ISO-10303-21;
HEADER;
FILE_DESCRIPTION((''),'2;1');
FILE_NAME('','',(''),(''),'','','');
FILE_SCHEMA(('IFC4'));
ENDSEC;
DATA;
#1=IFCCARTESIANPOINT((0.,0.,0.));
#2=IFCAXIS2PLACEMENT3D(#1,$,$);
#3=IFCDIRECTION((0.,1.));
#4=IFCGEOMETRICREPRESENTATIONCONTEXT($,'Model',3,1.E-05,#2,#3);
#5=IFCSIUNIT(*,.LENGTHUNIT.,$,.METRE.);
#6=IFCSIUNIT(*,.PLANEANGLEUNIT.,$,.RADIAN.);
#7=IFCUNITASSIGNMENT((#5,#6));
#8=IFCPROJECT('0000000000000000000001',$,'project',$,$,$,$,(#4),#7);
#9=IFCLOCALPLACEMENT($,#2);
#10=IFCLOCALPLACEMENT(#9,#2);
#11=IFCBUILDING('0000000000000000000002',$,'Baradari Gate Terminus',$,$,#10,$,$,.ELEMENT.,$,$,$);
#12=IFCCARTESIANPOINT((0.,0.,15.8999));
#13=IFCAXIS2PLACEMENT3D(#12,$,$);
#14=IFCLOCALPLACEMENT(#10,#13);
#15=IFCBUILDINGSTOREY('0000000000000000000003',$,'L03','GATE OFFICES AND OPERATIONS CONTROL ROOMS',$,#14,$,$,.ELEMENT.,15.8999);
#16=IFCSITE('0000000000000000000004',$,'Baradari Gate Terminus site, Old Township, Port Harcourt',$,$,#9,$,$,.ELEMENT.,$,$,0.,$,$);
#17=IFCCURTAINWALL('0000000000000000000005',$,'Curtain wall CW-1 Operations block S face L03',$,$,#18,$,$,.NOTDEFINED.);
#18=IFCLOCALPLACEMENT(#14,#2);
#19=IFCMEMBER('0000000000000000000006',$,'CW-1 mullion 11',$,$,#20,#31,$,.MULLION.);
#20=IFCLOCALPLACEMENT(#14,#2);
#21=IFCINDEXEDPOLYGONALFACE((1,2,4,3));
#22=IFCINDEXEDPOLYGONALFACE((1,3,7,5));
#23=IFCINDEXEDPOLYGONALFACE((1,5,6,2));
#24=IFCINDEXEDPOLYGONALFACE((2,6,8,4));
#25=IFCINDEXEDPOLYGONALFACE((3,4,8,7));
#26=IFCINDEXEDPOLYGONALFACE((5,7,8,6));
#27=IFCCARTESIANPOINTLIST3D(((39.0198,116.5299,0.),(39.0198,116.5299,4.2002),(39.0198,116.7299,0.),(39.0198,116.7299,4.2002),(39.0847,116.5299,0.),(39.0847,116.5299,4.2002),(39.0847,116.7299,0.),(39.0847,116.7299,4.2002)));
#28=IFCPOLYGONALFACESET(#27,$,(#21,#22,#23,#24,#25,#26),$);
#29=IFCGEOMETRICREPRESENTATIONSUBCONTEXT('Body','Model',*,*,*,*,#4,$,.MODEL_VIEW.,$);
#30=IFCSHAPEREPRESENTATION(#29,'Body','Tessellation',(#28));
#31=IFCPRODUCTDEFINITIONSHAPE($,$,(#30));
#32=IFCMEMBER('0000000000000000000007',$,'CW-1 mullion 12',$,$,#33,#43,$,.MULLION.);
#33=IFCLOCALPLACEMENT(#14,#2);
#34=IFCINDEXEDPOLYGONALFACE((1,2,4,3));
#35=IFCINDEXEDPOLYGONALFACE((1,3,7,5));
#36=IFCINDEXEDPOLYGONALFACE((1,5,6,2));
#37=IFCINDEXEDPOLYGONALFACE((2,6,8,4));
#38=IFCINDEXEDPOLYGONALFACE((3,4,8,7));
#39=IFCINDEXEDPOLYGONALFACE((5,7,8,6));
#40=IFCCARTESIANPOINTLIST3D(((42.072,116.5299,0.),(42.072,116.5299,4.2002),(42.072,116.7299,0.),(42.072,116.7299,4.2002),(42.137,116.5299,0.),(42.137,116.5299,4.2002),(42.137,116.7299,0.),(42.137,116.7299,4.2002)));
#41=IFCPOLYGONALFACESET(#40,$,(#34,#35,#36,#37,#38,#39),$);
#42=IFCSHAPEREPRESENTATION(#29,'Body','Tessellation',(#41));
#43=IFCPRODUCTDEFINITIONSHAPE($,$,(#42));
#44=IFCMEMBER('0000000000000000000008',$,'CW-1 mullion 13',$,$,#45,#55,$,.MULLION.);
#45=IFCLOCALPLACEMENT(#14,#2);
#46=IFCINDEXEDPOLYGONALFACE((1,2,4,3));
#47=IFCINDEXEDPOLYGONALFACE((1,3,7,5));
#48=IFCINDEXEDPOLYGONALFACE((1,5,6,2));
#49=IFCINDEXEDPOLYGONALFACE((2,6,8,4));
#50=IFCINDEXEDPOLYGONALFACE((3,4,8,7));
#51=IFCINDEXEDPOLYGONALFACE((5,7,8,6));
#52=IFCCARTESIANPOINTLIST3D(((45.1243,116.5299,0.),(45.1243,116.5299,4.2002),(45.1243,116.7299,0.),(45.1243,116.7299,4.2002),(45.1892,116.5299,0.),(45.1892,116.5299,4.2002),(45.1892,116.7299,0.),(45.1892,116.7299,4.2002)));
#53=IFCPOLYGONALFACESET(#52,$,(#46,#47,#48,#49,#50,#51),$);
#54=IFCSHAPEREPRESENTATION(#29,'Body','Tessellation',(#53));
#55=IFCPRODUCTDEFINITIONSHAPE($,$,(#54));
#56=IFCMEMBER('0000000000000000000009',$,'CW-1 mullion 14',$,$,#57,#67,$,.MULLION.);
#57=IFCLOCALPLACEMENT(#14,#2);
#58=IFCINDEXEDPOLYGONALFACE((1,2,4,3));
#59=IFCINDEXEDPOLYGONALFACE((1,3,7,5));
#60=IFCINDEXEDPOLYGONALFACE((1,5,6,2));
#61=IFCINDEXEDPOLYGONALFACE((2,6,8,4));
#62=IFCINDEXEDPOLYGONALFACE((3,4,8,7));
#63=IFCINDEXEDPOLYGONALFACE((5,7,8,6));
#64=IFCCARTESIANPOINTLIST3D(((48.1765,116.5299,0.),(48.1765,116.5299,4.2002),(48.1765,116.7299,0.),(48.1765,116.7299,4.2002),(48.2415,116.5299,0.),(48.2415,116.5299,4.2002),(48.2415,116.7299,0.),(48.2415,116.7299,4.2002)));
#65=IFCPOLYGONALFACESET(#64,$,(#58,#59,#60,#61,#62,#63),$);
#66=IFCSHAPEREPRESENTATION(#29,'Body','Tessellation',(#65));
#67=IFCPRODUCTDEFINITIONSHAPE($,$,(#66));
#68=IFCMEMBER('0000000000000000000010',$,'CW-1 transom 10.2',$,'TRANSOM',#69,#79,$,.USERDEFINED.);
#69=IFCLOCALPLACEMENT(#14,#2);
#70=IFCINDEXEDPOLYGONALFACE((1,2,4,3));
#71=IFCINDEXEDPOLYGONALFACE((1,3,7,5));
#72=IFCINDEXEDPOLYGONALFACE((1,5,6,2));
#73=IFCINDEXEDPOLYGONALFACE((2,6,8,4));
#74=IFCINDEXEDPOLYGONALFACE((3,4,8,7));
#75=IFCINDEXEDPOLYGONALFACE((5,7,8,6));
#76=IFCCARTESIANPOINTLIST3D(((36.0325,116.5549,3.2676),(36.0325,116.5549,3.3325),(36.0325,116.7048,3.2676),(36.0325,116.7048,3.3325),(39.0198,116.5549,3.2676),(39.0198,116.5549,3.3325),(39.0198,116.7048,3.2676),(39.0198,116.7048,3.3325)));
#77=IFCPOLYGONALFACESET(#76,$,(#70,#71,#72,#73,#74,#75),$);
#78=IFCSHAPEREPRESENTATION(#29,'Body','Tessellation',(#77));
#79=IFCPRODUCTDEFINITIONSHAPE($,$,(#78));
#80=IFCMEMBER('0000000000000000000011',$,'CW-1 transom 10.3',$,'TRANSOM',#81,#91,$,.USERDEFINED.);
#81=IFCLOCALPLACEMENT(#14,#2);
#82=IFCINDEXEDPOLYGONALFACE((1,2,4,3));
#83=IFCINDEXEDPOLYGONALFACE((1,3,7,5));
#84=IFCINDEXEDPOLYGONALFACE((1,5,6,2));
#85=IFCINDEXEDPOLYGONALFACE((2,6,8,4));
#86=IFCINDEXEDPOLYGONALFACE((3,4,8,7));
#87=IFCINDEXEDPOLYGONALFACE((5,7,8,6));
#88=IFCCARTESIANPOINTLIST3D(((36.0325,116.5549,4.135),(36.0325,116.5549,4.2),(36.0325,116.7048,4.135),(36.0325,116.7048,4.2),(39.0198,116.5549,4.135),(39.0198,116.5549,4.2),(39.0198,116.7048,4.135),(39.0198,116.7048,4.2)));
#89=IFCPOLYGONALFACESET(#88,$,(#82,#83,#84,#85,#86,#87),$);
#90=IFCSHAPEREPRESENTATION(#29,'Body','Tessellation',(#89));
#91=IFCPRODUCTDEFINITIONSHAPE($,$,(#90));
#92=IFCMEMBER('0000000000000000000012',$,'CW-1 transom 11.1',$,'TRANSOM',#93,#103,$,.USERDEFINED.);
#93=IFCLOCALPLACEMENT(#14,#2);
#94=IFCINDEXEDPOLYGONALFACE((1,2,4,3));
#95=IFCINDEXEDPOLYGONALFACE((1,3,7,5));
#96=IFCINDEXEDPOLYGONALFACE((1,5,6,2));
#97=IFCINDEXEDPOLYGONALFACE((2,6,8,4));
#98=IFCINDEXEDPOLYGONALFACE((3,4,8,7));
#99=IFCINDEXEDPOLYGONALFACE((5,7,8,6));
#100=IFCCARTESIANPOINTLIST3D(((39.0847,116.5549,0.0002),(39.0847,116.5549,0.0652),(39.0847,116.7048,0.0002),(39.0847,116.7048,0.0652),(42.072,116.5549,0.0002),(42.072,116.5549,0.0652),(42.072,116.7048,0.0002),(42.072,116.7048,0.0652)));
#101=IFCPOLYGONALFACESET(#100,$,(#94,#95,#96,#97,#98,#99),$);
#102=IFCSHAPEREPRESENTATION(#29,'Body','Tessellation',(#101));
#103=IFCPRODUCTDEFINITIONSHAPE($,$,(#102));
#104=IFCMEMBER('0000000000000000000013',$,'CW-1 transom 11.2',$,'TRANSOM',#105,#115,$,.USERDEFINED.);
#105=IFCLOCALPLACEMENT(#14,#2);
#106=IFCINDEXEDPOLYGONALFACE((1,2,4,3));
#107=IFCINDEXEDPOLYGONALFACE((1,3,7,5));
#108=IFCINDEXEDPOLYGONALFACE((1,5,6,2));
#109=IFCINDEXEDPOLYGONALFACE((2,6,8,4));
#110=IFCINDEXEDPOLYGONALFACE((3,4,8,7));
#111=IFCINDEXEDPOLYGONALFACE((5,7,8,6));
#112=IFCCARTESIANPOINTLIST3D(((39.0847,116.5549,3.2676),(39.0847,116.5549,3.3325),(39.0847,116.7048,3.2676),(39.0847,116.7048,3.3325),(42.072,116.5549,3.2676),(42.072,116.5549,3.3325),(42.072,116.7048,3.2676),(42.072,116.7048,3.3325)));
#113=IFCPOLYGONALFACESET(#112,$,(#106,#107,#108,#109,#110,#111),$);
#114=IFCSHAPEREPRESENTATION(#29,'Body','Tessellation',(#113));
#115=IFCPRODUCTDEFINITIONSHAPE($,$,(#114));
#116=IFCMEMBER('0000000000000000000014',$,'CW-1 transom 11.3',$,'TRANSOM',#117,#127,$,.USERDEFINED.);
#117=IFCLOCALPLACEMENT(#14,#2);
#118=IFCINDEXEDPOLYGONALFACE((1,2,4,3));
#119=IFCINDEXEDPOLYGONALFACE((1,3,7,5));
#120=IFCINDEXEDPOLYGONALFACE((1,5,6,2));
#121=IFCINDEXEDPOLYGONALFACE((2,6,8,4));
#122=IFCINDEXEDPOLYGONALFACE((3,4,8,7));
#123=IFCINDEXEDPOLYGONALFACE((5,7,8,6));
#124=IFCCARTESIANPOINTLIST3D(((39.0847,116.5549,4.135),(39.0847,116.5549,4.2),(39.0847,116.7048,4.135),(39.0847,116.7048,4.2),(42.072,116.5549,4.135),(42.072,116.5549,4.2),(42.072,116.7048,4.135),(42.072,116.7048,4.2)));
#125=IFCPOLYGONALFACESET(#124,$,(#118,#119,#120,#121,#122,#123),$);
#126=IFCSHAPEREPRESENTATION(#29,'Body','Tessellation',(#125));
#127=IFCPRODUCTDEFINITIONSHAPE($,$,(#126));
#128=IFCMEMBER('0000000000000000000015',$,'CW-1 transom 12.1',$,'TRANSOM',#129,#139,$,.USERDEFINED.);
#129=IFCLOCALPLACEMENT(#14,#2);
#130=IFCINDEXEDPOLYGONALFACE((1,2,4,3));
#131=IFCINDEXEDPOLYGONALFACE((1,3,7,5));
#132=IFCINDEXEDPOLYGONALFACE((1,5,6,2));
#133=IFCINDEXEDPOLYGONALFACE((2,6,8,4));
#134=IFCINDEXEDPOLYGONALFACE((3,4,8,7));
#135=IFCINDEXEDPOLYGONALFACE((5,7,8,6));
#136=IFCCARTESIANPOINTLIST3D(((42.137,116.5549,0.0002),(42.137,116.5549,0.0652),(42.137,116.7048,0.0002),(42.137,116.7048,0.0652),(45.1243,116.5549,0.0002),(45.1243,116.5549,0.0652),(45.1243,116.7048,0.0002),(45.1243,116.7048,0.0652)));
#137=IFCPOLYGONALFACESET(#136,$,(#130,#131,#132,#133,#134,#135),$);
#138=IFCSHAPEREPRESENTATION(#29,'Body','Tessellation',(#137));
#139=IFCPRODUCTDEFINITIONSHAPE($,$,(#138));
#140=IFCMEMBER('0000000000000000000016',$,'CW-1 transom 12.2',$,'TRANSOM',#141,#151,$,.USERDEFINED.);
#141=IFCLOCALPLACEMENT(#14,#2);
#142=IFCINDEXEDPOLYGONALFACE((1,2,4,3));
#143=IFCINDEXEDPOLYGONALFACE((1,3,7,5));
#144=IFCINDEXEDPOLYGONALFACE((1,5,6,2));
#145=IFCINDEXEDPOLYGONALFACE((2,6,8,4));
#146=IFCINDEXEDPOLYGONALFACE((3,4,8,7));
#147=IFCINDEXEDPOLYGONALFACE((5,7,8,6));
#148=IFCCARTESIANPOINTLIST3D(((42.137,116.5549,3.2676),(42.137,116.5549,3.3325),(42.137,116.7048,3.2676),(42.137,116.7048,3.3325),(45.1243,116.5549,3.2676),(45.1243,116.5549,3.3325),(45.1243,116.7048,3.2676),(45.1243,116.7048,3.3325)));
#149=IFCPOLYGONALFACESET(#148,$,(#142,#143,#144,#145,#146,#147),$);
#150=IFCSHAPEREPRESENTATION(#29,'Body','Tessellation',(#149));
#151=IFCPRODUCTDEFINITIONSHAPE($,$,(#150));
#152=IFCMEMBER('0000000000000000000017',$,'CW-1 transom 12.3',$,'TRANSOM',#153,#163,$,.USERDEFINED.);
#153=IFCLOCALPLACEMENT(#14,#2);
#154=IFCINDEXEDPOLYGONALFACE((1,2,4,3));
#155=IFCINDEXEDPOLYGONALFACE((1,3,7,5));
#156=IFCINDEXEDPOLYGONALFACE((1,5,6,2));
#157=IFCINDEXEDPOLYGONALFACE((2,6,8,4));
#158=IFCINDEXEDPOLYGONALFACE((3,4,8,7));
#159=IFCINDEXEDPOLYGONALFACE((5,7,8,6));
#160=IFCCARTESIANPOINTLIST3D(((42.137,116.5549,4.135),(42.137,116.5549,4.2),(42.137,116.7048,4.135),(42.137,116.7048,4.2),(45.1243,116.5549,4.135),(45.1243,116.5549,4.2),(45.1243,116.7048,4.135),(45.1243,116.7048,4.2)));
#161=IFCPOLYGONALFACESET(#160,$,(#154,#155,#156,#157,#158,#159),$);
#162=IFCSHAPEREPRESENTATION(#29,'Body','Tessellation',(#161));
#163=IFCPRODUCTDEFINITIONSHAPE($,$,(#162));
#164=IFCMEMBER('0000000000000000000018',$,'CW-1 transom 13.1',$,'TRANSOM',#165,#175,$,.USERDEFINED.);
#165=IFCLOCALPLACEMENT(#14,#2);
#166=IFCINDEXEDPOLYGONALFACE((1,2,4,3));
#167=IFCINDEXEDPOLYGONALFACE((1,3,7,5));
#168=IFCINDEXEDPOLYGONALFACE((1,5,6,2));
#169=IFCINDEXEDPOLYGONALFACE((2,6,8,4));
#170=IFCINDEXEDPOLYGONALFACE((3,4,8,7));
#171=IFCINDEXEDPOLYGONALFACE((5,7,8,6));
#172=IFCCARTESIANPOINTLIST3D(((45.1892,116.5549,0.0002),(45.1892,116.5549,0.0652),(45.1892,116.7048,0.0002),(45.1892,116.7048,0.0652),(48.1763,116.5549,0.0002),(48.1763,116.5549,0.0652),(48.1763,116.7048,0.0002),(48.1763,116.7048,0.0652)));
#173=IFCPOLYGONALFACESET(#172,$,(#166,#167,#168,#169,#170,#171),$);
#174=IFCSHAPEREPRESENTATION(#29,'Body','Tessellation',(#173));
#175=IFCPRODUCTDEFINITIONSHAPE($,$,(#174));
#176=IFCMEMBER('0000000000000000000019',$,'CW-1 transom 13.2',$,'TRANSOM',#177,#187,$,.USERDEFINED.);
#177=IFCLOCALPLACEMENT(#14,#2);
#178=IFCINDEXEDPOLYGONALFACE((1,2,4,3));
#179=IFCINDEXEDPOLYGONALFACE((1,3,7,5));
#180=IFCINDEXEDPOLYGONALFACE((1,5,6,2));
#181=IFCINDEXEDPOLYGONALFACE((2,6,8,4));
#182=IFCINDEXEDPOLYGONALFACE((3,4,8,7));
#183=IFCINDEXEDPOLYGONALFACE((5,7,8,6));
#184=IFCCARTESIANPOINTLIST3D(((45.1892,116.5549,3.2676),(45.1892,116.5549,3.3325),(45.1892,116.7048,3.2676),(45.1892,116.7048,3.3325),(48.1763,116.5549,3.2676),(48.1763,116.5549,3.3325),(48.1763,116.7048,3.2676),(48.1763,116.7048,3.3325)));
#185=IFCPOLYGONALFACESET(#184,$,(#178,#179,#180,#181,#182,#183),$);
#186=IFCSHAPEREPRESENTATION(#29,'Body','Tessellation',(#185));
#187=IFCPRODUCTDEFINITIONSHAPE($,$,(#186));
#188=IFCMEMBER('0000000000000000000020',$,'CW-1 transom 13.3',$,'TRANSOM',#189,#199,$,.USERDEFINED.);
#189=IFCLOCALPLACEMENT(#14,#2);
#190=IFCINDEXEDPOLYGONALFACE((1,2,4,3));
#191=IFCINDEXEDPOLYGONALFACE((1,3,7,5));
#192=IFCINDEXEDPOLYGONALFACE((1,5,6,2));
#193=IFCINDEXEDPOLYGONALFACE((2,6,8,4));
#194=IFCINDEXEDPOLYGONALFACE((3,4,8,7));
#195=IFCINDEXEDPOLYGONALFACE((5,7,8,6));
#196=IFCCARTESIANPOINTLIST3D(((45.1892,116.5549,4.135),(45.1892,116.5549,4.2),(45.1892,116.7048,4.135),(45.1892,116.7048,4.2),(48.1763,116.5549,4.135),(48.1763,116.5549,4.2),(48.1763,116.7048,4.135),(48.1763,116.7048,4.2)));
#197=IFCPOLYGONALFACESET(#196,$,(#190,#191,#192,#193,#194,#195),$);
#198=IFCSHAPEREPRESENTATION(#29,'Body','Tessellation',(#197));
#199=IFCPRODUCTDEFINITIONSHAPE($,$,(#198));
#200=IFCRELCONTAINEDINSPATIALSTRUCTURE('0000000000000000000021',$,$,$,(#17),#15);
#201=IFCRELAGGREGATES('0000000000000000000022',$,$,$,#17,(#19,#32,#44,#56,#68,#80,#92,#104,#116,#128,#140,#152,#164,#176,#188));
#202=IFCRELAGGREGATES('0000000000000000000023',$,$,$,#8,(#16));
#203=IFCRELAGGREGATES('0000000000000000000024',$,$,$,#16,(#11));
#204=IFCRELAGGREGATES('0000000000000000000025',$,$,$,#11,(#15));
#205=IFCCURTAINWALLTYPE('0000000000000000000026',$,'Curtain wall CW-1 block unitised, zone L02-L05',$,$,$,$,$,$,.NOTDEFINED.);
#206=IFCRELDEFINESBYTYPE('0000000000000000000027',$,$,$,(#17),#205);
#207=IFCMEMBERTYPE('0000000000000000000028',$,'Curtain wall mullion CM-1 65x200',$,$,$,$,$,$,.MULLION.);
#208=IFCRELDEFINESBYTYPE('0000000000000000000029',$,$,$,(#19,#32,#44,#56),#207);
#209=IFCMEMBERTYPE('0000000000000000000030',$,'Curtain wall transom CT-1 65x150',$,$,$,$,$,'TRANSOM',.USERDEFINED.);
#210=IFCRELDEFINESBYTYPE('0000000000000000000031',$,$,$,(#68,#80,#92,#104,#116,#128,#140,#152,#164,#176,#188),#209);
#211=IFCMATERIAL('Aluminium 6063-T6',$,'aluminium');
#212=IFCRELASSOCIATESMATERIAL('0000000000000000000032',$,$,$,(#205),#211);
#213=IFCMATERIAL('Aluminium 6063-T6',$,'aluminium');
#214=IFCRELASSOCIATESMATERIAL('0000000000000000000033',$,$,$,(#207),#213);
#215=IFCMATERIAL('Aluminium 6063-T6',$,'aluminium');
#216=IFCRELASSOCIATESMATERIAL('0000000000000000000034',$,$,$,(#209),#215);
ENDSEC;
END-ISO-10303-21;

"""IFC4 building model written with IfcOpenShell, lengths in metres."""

from ifc_helpers import new_model, si_unit, direction, frame, origin, origin_2d, place, context, subcontext, project, spatial, rectangle, extrude, material, material_profile, profile_set, type_object, element, aggregate, save


model = new_model("IFC4")

# Units and contexts
model_context = context("Model", 3, precision=1e-05, world=origin(), true_north=direction((0.0, 1.0)))
body_context = subcontext(model_context, "Body", "Model", "MODEL_VIEW")
ifc_project = project(units=[si_unit("LENGTHUNIT", "METRE"), si_unit("PLANEANGLEUNIT", "RADIAN")], contexts=[model_context])

# Site, building, storey
site_placement = place(None, origin())
site = spatial("IfcSite", under=ifc_project, at=site_placement, Name="Baradari Gate Terminus site, Old Township, Port Harcourt", CompositionType="ELEMENT", RefElevation=0.0)
building_placement = place(site_placement, origin())
building = spatial("IfcBuilding", under=site, at=building_placement, Name="Baradari Gate Terminus", CompositionType="ELEMENT")
storey_placement = place(building_placement, frame((0.0, 0.0, 15.8999)))
storey = spatial("IfcBuildingStorey", under=building, at=storey_placement, Name="L03", Description="GATE OFFICES AND OPERATIONS CONTROL ROOMS", CompositionType="ELEMENT", Elevation=15.8999)

# Curtain wall, members
ifc_material_1 = material(Name="Aluminium 6063-T6", Category="aluminium")
curtain_wall_type = type_object("IfcCurtainWallType", Name="Curtain wall CW-1 block unitised, zone L02-L05", PredefinedType="NOTDEFINED", material=ifc_material_1)
curtain_wall_placement = place(storey_placement, origin())
curtain_wall = element("IfcCurtainWall", 1, at=curtain_wall_placement, inside=storey, type_object=curtain_wall_type, Name="Curtain wall CW-1 Operations block S face L03", PredefinedType="NOTDEFINED")
ifc_material_2 = material(Name="Aluminium 6063-T6", Category="aluminium")
ifc_material_profile_1 = material_profile(ifc_material_2, rectangle(XDim=0.2, YDim=0.0649, at=origin_2d()), Name="CM-1 65X200")
ifc_profile_set_1 = profile_set([ifc_material_profile_1], Name="Aluminium 6063-T6")
member_type_1 = type_object("IfcMemberType", Name="Curtain wall mullion CM-1 65x200", PredefinedType="MULLION", material=ifc_profile_set_1)
member_1_placement = place(storey_placement, frame((39.0522, 116.6299, 0.0), z_axis=(0.0, 0.0, 1.0), x_axis=(0.0, 1.0, 0.0)))
member_1 = element("IfcMember", 2, at=member_1_placement, type_object=member_type_1, Name="CW-1 mullion 11", PredefinedType="MULLION", context=body_context, shape_type="SweptSolid", body=[
    extrude(rectangle(XDim=0.2, YDim=0.0649, at=origin_2d()), origin(), (0.0, 0.0, 1.0), 4.2002),
])
member_2_placement = place(storey_placement, frame((42.1045, 116.6299, 0.0), z_axis=(0.0, 0.0, 1.0), x_axis=(0.0, 1.0, 0.0)))
member_2 = element("IfcMember", 3, at=member_2_placement, type_object=member_type_1, Name="CW-1 mullion 12", PredefinedType="MULLION", context=body_context, shape_type="SweptSolid", body=[
    extrude(rectangle(XDim=0.2, YDim=0.0649, at=origin_2d()), origin(), (0.0, 0.0, 1.0), 4.2002),
])
member_3_placement = place(storey_placement, frame((45.1567, 116.6299, 0.0), z_axis=(0.0, 0.0, 1.0), x_axis=(0.0, 1.0, 0.0)))
member_3 = element("IfcMember", 4, at=member_3_placement, type_object=member_type_1, Name="CW-1 mullion 13", PredefinedType="MULLION", context=body_context, shape_type="SweptSolid", body=[
    extrude(rectangle(XDim=0.2, YDim=0.0649, at=origin_2d()), origin(), (0.0, 0.0, 1.0), 4.2002),
])
member_4_placement = place(storey_placement, frame((48.209, 116.6299, 0.0), z_axis=(0.0, 0.0, 1.0), x_axis=(0.0, 1.0, 0.0)))
member_4 = element("IfcMember", 5, at=member_4_placement, type_object=member_type_1, Name="CW-1 mullion 14", PredefinedType="MULLION", context=body_context, shape_type="SweptSolid", body=[
    extrude(rectangle(XDim=0.2, YDim=0.0649, at=origin_2d()), origin(), (0.0, 0.0, 1.0), 4.2002),
])
ifc_material_3 = material(Name="Aluminium 6063-T6", Category="aluminium")
ifc_material_profile_2 = material_profile(ifc_material_3, rectangle(XDim=0.1499, YDim=0.0649, at=origin_2d()), Name="CT-1 65X150")
ifc_profile_set_2 = profile_set([ifc_material_profile_2], Name="Aluminium 6063-T6")
member_type_2 = type_object("IfcMemberType", Name="Curtain wall transom CT-1 65x150", ElementType="TRANSOM", PredefinedType="USERDEFINED", material=ifc_profile_set_2)
member_5_placement = place(storey_placement, frame((36.0325, 116.6299, 3.3), z_axis=(1.0, 0.0, 0.0), x_axis=(0.0, 1.0, 0.0)))
member_5 = element("IfcMember", 6, at=member_5_placement, type_object=member_type_2, Name="CW-1 transom 10.2", ObjectType="TRANSOM", PredefinedType="USERDEFINED", context=body_context, shape_type="SweptSolid", body=[
    extrude(rectangle(XDim=0.1499, YDim=0.0649, at=origin_2d()), origin(), (0.0, 0.0, 1.0), 2.9873),
])
member_6_placement = place(storey_placement, frame((36.0325, 116.6299, 4.1675), z_axis=(1.0, 0.0, 0.0), x_axis=(0.0, 1.0, 0.0)))
member_6 = element("IfcMember", 7, at=member_6_placement, type_object=member_type_2, Name="CW-1 transom 10.3", ObjectType="TRANSOM", PredefinedType="USERDEFINED", context=body_context, shape_type="SweptSolid", body=[
    extrude(rectangle(XDim=0.1499, YDim=0.0649, at=origin_2d()), origin(), (0.0, 0.0, 1.0), 2.9873),
])
member_7_placement = place(storey_placement, frame((39.0847, 116.6299, 0.0327), z_axis=(1.0, 0.0, 0.0), x_axis=(0.0, 1.0, 0.0)))
member_7 = element("IfcMember", 8, at=member_7_placement, type_object=member_type_2, Name="CW-1 transom 11.1", ObjectType="TRANSOM", PredefinedType="USERDEFINED", context=body_context, shape_type="SweptSolid", body=[
    extrude(rectangle(XDim=0.1499, YDim=0.0649, at=origin_2d()), origin(), (0.0, 0.0, 1.0), 2.9873),
])
member_8_placement = place(storey_placement, frame((39.0847, 116.6299, 3.3), z_axis=(1.0, 0.0, 0.0), x_axis=(0.0, 1.0, 0.0)))
member_8 = element("IfcMember", 9, at=member_8_placement, type_object=member_type_2, Name="CW-1 transom 11.2", ObjectType="TRANSOM", PredefinedType="USERDEFINED", context=body_context, shape_type="SweptSolid", body=[
    extrude(rectangle(XDim=0.1499, YDim=0.0649, at=origin_2d()), origin(), (0.0, 0.0, 1.0), 2.9873),
])
member_9_placement = place(storey_placement, frame((39.0847, 116.6299, 4.1675), z_axis=(1.0, 0.0, 0.0), x_axis=(0.0, 1.0, 0.0)))
member_9 = element("IfcMember", 10, at=member_9_placement, type_object=member_type_2, Name="CW-1 transom 11.3", ObjectType="TRANSOM", PredefinedType="USERDEFINED", context=body_context, shape_type="SweptSolid", body=[
    extrude(rectangle(XDim=0.1499, YDim=0.0649, at=origin_2d()), origin(), (0.0, 0.0, 1.0), 2.9873),
])
member_10_placement = place(storey_placement, frame((42.137, 116.6299, 0.0327), z_axis=(1.0, 0.0, 0.0), x_axis=(0.0, 1.0, 0.0)))
member_10 = element("IfcMember", 11, at=member_10_placement, type_object=member_type_2, Name="CW-1 transom 12.1", ObjectType="TRANSOM", PredefinedType="USERDEFINED", context=body_context, shape_type="SweptSolid", body=[
    extrude(rectangle(XDim=0.1499, YDim=0.0649, at=origin_2d()), origin(), (0.0, 0.0, 1.0), 2.9873),
])
member_11_placement = place(storey_placement, frame((42.137, 116.6299, 3.3), z_axis=(1.0, 0.0, 0.0), x_axis=(0.0, 1.0, 0.0)))
member_11 = element("IfcMember", 12, at=member_11_placement, type_object=member_type_2, Name="CW-1 transom 12.2", ObjectType="TRANSOM", PredefinedType="USERDEFINED", context=body_context, shape_type="SweptSolid", body=[
    extrude(rectangle(XDim=0.1499, YDim=0.0649, at=origin_2d()), origin(), (0.0, 0.0, 1.0), 2.9873),
])
member_12_placement = place(storey_placement, frame((42.137, 116.6299, 4.1675), z_axis=(1.0, 0.0, 0.0), x_axis=(0.0, 1.0, 0.0)))
member_12 = element("IfcMember", 13, at=member_12_placement, type_object=member_type_2, Name="CW-1 transom 12.3", ObjectType="TRANSOM", PredefinedType="USERDEFINED", context=body_context, shape_type="SweptSolid", body=[
    extrude(rectangle(XDim=0.1499, YDim=0.0649, at=origin_2d()), origin(), (0.0, 0.0, 1.0), 2.9873),
])
member_13_placement = place(storey_placement, frame((45.1892, 116.6299, 0.0327), z_axis=(1.0, 0.0, 0.0), x_axis=(0.0, 1.0, 0.0)))
member_13 = element("IfcMember", 14, at=member_13_placement, type_object=member_type_2, Name="CW-1 transom 13.1", ObjectType="TRANSOM", PredefinedType="USERDEFINED", context=body_context, shape_type="SweptSolid", body=[
    extrude(rectangle(XDim=0.1499, YDim=0.0649, at=origin_2d()), origin(), (0.0, 0.0, 1.0), 2.9871),
])
member_14_placement = place(storey_placement, frame((45.1892, 116.6299, 3.3), z_axis=(1.0, 0.0, 0.0), x_axis=(0.0, 1.0, 0.0)))
member_14 = element("IfcMember", 15, at=member_14_placement, type_object=member_type_2, Name="CW-1 transom 13.2", ObjectType="TRANSOM", PredefinedType="USERDEFINED", context=body_context, shape_type="SweptSolid", body=[
    extrude(rectangle(XDim=0.1499, YDim=0.0649, at=origin_2d()), origin(), (0.0, 0.0, 1.0), 2.9871),
])
member_15_placement = place(storey_placement, frame((45.1892, 116.6299, 4.1675), z_axis=(1.0, 0.0, 0.0), x_axis=(0.0, 1.0, 0.0)))
member_15 = element("IfcMember", 16, at=member_15_placement, type_object=member_type_2, Name="CW-1 transom 13.3", ObjectType="TRANSOM", PredefinedType="USERDEFINED", context=body_context, shape_type="SweptSolid", body=[
    extrude(rectangle(XDim=0.1499, YDim=0.0649, at=origin_2d()), origin(), (0.0, 0.0, 1.0), 2.9871),
])
aggregate(curtain_wall, [member_1, member_2, member_3, member_4, member_5, member_6, member_7, member_8, member_9, member_10, member_11, member_12, member_13, member_14, member_15])

save(model, "model.ifc")
